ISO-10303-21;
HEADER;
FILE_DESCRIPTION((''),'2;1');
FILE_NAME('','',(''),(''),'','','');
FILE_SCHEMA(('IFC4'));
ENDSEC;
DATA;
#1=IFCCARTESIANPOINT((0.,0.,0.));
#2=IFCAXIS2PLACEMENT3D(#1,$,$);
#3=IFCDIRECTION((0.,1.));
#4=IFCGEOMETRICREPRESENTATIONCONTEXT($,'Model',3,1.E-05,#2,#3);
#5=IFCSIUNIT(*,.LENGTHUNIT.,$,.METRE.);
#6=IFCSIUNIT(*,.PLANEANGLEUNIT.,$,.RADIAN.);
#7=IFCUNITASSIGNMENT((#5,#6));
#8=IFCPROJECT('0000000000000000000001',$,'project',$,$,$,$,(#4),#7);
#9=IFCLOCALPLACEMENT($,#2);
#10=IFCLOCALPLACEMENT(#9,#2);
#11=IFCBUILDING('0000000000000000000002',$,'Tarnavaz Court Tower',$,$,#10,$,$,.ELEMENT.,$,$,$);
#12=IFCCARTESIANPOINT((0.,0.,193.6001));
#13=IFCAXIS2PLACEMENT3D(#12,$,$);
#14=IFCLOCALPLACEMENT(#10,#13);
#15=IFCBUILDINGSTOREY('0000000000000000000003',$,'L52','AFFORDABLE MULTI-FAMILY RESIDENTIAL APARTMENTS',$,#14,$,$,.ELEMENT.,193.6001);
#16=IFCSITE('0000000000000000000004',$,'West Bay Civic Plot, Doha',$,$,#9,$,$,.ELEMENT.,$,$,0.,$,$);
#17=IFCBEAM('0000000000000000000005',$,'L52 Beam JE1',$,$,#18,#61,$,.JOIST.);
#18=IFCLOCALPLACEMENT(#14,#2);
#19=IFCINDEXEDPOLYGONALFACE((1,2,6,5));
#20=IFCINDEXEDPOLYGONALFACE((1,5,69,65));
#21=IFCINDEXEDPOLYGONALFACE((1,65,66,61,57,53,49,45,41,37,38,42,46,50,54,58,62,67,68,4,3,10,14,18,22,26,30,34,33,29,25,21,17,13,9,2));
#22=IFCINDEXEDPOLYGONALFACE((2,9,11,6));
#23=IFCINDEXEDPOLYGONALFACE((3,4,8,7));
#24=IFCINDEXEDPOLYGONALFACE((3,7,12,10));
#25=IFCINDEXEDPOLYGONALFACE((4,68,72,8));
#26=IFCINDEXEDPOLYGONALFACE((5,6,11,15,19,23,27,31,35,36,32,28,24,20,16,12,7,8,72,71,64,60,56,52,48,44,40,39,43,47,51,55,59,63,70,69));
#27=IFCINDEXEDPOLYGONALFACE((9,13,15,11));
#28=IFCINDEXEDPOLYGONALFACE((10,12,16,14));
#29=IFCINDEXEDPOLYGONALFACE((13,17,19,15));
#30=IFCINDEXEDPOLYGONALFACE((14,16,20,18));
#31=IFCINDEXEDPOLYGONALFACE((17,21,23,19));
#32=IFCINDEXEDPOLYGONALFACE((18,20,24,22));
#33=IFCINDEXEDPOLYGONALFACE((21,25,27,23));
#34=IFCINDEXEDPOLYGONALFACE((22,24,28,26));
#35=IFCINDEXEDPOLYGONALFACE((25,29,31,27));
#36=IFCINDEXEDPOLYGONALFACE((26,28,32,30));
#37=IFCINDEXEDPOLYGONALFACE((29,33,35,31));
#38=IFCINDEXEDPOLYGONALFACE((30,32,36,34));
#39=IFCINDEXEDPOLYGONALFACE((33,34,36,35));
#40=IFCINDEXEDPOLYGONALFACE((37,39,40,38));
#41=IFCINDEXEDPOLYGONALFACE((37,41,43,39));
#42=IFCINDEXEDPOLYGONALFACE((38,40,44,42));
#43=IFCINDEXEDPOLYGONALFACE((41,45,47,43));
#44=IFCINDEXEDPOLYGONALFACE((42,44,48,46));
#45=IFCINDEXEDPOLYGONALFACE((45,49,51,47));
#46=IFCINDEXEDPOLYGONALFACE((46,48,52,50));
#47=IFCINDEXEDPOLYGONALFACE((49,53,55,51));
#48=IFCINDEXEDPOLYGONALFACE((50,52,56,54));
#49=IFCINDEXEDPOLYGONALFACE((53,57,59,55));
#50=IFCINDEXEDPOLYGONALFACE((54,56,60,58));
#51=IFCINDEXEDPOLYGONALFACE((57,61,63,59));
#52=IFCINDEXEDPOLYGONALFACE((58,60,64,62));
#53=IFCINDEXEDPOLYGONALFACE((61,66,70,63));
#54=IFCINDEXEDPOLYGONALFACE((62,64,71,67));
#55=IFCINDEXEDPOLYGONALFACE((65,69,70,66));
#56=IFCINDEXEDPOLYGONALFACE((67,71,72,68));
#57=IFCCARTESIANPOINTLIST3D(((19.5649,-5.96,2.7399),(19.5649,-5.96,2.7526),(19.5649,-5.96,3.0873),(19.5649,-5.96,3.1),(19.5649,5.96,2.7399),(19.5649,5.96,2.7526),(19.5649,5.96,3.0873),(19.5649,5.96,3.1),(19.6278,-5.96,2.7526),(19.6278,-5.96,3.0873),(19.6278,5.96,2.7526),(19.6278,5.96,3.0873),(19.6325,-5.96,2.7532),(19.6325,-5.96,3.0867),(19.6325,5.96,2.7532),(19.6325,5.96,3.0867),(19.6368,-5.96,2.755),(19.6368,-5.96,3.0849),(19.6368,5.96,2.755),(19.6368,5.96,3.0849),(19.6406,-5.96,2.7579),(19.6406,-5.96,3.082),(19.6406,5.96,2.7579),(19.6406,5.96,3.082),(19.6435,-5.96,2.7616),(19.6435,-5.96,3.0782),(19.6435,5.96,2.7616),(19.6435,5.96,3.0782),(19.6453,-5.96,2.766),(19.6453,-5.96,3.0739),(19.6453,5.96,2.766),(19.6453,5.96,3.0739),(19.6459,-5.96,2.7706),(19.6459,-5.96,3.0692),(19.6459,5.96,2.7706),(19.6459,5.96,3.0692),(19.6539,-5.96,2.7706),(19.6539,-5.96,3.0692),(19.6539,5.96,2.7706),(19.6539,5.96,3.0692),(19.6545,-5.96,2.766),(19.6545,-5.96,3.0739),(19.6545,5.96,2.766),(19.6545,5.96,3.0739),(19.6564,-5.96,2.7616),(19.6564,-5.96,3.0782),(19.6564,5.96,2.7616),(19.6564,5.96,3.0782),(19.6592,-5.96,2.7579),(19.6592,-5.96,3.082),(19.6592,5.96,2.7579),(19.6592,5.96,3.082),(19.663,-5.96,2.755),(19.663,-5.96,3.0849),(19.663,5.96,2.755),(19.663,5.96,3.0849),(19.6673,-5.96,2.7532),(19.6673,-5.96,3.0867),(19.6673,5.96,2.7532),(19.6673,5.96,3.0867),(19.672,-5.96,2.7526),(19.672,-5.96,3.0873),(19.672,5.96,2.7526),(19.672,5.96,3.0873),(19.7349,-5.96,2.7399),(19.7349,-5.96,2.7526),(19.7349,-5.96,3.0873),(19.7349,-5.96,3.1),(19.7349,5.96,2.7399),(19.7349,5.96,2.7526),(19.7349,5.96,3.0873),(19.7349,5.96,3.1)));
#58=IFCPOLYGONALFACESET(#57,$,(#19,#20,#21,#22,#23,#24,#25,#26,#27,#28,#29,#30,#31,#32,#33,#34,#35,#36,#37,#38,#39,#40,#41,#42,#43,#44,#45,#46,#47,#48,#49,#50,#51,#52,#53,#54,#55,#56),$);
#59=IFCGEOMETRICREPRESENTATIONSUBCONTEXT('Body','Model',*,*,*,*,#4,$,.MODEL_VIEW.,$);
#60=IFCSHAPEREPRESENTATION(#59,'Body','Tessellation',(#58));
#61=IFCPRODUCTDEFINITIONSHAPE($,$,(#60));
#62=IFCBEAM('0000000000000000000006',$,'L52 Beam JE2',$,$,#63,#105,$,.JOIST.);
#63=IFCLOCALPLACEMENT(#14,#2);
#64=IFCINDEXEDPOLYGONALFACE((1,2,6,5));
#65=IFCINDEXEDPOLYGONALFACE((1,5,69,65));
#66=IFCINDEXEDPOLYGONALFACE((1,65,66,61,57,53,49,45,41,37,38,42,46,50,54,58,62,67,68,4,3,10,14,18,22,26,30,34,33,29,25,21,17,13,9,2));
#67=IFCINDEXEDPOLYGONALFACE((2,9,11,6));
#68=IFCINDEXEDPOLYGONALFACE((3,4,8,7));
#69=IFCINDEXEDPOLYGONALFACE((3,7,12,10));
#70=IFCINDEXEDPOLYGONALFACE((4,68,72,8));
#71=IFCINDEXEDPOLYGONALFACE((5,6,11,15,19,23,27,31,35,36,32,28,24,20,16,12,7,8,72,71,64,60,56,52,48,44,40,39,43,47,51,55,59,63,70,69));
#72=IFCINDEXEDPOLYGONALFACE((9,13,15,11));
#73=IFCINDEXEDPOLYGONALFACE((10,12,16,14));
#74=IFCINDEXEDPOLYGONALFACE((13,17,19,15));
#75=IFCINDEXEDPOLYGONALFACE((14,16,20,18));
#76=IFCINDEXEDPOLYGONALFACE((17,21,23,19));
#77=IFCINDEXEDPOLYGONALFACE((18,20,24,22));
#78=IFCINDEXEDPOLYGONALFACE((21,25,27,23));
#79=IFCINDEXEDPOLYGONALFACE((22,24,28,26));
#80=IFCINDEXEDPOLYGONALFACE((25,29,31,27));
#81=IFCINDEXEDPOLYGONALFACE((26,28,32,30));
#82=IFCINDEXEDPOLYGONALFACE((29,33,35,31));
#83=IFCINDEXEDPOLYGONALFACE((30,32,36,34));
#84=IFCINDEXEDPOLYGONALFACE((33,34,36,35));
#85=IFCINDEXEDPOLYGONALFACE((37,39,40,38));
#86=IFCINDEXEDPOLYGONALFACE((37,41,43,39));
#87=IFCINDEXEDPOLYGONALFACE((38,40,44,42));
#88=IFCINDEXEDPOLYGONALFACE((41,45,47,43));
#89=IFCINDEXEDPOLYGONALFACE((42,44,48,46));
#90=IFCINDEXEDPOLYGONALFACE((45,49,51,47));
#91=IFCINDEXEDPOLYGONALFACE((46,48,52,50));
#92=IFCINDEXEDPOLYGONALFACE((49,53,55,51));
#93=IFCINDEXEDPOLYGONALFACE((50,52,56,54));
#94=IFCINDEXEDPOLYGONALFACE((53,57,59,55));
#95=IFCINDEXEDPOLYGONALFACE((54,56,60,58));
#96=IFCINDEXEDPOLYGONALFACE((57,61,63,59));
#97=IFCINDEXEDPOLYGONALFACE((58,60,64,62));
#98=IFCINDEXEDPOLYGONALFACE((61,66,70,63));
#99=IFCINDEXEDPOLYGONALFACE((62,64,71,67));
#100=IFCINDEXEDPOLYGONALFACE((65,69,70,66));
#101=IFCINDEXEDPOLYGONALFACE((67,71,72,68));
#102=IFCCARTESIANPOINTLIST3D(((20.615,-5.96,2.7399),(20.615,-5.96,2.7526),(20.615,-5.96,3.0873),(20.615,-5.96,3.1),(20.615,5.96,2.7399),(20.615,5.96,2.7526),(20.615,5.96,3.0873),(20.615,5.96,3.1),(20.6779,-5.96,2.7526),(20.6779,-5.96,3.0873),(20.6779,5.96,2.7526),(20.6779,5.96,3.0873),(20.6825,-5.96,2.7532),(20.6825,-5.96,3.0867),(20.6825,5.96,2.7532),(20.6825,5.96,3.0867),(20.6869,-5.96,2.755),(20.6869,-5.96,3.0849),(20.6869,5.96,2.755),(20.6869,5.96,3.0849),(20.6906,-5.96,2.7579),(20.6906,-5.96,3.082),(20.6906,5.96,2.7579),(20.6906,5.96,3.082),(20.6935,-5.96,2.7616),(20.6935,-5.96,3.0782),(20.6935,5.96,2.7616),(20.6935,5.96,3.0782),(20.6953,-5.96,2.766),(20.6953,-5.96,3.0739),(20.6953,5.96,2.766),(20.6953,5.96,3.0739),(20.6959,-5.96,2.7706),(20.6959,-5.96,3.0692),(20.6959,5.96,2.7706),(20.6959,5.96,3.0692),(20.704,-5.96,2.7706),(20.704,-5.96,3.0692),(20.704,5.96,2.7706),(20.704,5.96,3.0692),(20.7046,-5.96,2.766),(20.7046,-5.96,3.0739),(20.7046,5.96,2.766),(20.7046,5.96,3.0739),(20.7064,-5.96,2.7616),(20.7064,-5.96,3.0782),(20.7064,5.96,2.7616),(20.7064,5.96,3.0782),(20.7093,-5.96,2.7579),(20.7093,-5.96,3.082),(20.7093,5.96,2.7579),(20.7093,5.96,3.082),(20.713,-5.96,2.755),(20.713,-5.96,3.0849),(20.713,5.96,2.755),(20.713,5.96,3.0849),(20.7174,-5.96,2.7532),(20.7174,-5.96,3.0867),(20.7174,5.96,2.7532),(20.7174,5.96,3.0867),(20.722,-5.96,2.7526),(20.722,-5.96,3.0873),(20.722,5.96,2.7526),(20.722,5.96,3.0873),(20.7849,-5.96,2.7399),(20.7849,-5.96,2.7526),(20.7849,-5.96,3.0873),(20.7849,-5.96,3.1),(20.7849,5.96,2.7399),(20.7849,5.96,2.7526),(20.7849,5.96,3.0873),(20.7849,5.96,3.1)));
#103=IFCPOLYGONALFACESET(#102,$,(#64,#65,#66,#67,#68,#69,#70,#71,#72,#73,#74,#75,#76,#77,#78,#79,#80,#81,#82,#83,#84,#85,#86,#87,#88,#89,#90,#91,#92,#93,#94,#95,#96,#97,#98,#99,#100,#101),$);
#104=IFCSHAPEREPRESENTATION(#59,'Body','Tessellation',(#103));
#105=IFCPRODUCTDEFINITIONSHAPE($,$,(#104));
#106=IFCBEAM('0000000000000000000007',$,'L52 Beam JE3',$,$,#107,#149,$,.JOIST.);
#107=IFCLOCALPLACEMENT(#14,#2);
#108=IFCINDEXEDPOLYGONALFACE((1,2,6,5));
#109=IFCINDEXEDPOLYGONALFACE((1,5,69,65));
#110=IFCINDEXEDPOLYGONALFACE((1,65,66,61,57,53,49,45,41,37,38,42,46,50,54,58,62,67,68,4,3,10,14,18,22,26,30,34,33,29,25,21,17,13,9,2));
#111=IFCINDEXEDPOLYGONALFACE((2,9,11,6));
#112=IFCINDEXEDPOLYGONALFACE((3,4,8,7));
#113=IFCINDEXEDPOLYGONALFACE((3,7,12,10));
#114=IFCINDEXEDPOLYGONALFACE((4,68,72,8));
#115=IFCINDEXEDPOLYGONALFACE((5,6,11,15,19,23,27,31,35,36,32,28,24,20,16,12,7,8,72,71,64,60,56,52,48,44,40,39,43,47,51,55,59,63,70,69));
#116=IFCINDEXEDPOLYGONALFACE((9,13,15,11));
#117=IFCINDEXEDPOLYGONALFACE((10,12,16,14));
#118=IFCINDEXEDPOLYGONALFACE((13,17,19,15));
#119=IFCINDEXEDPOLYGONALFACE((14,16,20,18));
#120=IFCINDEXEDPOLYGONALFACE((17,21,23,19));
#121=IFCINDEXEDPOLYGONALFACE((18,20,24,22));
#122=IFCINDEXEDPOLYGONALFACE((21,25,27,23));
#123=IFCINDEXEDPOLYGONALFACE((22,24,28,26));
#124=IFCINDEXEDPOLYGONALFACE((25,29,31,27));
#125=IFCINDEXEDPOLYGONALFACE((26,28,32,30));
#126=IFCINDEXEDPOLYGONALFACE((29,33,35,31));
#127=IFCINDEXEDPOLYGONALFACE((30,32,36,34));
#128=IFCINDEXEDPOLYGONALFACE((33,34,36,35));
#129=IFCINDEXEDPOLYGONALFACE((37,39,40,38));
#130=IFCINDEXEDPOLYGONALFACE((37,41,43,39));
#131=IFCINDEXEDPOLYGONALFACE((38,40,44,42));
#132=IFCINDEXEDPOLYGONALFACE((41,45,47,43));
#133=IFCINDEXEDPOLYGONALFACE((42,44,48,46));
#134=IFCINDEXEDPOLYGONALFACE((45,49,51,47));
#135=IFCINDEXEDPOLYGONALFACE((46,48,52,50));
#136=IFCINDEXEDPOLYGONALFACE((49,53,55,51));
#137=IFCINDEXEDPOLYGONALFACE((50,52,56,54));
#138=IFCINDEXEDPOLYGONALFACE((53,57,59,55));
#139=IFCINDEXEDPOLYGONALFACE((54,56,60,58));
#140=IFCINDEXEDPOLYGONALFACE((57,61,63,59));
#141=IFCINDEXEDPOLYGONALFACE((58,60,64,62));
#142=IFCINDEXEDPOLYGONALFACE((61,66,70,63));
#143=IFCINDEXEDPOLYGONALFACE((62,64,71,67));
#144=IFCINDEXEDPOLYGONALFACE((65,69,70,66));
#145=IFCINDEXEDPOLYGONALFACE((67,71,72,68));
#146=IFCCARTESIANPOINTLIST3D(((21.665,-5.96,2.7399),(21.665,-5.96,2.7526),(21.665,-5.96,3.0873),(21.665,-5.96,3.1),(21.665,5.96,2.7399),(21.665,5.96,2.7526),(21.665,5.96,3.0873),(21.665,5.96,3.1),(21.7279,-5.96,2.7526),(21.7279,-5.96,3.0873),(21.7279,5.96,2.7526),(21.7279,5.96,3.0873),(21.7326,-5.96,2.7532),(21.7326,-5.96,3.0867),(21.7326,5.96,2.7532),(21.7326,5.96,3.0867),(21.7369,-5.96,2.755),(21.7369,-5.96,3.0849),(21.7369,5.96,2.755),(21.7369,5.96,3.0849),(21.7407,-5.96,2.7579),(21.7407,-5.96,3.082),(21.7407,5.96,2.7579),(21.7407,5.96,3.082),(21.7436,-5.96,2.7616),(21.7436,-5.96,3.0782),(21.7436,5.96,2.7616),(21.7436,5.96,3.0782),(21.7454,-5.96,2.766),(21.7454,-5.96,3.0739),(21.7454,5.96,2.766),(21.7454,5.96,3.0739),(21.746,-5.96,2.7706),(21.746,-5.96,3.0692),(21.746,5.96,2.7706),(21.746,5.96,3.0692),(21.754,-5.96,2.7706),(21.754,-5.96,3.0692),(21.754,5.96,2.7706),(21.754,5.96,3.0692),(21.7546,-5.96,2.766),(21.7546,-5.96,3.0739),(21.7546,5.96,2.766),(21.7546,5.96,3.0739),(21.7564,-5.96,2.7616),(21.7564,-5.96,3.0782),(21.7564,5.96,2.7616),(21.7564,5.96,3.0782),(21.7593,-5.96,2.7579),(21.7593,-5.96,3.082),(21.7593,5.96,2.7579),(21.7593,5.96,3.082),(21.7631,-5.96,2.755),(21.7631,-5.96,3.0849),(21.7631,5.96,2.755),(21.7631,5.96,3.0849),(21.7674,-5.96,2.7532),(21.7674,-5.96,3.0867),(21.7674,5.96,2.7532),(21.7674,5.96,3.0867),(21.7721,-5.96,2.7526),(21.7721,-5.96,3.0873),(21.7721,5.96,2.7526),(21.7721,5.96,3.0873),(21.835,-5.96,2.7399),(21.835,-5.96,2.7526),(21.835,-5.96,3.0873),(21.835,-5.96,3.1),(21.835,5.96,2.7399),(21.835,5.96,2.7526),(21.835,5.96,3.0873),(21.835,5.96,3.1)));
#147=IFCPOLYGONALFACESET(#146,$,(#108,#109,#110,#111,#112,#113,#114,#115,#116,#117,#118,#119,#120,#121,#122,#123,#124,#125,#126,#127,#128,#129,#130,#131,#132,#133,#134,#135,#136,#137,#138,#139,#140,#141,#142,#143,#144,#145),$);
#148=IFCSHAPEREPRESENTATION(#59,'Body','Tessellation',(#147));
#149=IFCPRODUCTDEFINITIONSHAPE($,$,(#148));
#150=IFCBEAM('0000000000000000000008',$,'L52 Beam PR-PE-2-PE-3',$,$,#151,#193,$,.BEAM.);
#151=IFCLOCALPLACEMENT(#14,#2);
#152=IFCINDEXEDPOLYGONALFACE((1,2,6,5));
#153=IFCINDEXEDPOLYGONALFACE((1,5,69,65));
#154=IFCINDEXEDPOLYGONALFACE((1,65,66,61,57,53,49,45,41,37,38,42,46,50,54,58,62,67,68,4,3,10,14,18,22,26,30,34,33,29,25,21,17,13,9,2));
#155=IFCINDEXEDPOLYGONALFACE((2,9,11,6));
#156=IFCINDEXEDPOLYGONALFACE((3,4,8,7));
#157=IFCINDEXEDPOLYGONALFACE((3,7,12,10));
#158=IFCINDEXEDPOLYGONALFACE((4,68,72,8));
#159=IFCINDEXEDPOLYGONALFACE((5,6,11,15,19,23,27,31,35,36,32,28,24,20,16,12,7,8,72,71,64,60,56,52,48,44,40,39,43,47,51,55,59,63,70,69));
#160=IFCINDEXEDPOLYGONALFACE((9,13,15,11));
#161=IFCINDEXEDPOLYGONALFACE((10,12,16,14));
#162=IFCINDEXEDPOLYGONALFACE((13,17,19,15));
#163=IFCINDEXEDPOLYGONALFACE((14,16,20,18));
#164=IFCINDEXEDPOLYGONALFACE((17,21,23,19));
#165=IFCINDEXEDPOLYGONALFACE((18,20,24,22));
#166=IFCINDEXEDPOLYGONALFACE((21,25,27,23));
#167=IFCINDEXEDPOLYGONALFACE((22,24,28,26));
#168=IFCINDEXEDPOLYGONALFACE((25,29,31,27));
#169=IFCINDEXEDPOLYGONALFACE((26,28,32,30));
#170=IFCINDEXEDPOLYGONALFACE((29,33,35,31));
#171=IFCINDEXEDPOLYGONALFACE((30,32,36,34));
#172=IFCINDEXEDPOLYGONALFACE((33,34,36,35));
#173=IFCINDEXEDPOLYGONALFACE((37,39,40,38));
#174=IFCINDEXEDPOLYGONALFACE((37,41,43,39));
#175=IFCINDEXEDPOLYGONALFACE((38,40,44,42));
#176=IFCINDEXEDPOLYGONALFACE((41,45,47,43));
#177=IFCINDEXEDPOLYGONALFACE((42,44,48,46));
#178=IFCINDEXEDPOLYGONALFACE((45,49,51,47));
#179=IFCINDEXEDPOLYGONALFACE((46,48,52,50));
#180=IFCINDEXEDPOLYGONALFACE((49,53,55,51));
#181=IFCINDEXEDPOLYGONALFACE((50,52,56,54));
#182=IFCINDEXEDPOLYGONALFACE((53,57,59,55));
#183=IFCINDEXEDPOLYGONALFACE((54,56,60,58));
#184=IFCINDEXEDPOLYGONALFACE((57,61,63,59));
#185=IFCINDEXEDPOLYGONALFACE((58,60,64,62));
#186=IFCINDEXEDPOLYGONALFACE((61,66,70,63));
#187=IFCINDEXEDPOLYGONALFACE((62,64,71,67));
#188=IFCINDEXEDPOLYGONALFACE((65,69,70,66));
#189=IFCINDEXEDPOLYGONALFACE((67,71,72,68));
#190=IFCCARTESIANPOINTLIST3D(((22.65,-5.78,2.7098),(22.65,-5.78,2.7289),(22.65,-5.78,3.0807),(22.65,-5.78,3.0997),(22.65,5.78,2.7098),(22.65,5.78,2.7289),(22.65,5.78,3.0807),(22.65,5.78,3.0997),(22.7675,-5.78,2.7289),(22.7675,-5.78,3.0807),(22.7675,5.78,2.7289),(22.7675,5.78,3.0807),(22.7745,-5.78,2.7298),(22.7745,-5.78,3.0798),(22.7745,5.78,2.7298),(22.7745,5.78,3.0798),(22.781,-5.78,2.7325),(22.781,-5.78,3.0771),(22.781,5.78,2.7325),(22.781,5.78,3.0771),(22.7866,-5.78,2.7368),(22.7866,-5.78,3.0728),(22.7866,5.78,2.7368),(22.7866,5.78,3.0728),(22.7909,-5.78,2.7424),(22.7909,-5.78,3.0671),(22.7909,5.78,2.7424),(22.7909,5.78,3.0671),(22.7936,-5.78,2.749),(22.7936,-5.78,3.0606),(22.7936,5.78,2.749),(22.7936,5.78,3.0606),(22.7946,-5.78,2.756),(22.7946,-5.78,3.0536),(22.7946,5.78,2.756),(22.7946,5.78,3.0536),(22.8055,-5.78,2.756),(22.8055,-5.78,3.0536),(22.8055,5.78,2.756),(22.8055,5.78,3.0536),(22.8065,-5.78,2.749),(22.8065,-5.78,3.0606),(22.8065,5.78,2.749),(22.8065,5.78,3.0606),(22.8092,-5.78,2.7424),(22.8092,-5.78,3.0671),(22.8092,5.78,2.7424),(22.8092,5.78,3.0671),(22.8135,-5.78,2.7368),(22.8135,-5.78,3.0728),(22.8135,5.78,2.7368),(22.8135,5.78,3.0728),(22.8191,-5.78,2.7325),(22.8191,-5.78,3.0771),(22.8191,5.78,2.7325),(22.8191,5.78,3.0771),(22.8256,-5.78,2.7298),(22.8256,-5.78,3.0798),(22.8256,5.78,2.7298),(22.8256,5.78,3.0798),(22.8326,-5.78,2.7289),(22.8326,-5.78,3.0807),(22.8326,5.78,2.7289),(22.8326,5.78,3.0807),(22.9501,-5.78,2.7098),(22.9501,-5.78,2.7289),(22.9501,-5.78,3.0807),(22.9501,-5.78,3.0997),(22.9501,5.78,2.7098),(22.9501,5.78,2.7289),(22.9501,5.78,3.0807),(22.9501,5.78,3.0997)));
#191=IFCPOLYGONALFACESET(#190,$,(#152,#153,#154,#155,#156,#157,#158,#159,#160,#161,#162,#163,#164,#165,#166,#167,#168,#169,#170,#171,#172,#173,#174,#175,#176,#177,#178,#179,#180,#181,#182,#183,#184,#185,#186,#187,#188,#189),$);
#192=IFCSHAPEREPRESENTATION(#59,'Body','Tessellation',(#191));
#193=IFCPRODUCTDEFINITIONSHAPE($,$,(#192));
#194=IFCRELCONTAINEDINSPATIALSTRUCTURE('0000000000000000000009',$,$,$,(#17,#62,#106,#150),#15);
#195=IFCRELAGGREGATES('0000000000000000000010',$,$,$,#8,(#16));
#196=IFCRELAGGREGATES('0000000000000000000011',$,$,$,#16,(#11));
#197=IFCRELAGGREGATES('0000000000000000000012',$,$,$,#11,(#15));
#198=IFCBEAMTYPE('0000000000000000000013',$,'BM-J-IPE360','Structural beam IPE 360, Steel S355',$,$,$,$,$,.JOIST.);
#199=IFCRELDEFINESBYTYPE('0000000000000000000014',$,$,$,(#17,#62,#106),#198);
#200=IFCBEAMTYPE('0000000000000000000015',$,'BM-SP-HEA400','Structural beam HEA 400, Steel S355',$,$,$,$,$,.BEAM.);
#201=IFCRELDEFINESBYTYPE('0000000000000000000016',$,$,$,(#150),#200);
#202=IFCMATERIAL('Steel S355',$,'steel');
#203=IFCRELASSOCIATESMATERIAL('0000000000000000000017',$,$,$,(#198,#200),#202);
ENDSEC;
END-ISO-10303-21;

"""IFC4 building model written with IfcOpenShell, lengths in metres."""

from ifc_helpers import new_model, si_unit, direction, frame, origin, origin_2d, place, context, subcontext, project, spatial, i_section, extrude, material, material_profile, profile_set, type_object, element, save


model = new_model("IFC4")

# Units and contexts
model_context = context("Model", 3, precision=1e-05, world=origin(), true_north=direction((0.0, 1.0)))
body_context = subcontext(model_context, "Body", "Model", "MODEL_VIEW")
ifc_project = project(units=[si_unit("LENGTHUNIT", "METRE"), si_unit("PLANEANGLEUNIT", "RADIAN")], contexts=[model_context])

# Site, building, storey
site_placement = place(None, origin())
site = spatial("IfcSite", under=ifc_project, at=site_placement, Name="West Bay Civic Plot, Doha", CompositionType="ELEMENT", RefElevation=0.0)
building_placement = place(site_placement, origin())
building = spatial("IfcBuilding", under=site, at=building_placement, Name="Tarnavaz Court Tower", CompositionType="ELEMENT")
storey_placement = place(building_placement, frame((0.0, 0.0, 193.6001)))
storey = spatial("IfcBuildingStorey", under=building, at=storey_placement, Name="L52", Description="AFFORDABLE MULTI-FAMILY RESIDENTIAL APARTMENTS", CompositionType="ELEMENT", Elevation=193.6001)

# Beams
ifc_material_1 = material(Name="Steel S355", Category="steel")
ifc_material_profile_1 = material_profile(ifc_material_1, i_section(OverallWidth=0.1699, OverallDepth=0.3601, WebThickness=0.0081, FlangeThickness=0.0127, FilletRadius=0.0181, at=origin_2d()), Name="IPE 360")
ifc_profile_set_1 = profile_set([ifc_material_profile_1], Name="Steel S355")
beam_type_1 = type_object("IfcBeamType", Name="BM-J-IPE360", Description="Structural beam IPE 360, Steel S355", PredefinedType="JOIST", material=ifc_profile_set_1)
for number, where, z_axis, x_axis, name in (
    (1, (19.6499, -5.96, 2.9199), (0.0, 1.0, 0.0), (-1.0, 0.0, 0.0), "L52 Beam JE1"),
    (2, (20.7, -5.96, 2.9199), (0.0, 1.0, 0.0), (-1.0, 0.0, 0.0), "L52 Beam JE2"),
    (3, (21.75, -5.96, 2.9199), (0.0, 1.0, 0.0), (-1.0, 0.0, 0.0), "L52 Beam JE3"),
):
    element("IfcBeam", number, at=place(storey_placement, frame(where, z_axis=z_axis, x_axis=x_axis)), inside=storey, type_object=beam_type_1, Name=name, PredefinedType="JOIST", context=body_context, shape_type="SweptSolid", body=[
        extrude(i_section(OverallWidth=0.1699, OverallDepth=0.3601, WebThickness=0.0081, FlangeThickness=0.0127, FilletRadius=0.0181, at=origin_2d()), origin(), (0.0, 0.0, 1.0), 11.9199),
    ])
ifc_material_profile_2 = material_profile(ifc_material_1, i_section(OverallWidth=0.3, OverallDepth=0.3899, WebThickness=0.011, FlangeThickness=0.019, FilletRadius=0.0271, at=origin_2d()), Name="HEA 400")
ifc_profile_set_2 = profile_set([ifc_material_profile_2], Name="Steel S355")
beam_type_2 = type_object("IfcBeamType", Name="BM-SP-HEA400", Description="Structural beam HEA 400, Steel S355", PredefinedType="BEAM", material=ifc_profile_set_2)
beam_1_placement = place(storey_placement, frame((22.8, -5.78, 2.9048), z_axis=(0.0, 1.0, 0.0), x_axis=(-1.0, 0.0, 0.0)))
element("IfcBeam", 4, at=beam_1_placement, inside=storey, type_object=beam_type_2, Name="L52 Beam PR-PE-2-PE-3", PredefinedType="BEAM", context=body_context, shape_type="SweptSolid", body=[
    extrude(i_section(OverallWidth=0.3, OverallDepth=0.3899, WebThickness=0.011, FlangeThickness=0.019, FilletRadius=0.0271, at=origin_2d()), origin(), (0.0, 0.0, 1.0), 11.5601),
])

save(model, "model.ifc")
